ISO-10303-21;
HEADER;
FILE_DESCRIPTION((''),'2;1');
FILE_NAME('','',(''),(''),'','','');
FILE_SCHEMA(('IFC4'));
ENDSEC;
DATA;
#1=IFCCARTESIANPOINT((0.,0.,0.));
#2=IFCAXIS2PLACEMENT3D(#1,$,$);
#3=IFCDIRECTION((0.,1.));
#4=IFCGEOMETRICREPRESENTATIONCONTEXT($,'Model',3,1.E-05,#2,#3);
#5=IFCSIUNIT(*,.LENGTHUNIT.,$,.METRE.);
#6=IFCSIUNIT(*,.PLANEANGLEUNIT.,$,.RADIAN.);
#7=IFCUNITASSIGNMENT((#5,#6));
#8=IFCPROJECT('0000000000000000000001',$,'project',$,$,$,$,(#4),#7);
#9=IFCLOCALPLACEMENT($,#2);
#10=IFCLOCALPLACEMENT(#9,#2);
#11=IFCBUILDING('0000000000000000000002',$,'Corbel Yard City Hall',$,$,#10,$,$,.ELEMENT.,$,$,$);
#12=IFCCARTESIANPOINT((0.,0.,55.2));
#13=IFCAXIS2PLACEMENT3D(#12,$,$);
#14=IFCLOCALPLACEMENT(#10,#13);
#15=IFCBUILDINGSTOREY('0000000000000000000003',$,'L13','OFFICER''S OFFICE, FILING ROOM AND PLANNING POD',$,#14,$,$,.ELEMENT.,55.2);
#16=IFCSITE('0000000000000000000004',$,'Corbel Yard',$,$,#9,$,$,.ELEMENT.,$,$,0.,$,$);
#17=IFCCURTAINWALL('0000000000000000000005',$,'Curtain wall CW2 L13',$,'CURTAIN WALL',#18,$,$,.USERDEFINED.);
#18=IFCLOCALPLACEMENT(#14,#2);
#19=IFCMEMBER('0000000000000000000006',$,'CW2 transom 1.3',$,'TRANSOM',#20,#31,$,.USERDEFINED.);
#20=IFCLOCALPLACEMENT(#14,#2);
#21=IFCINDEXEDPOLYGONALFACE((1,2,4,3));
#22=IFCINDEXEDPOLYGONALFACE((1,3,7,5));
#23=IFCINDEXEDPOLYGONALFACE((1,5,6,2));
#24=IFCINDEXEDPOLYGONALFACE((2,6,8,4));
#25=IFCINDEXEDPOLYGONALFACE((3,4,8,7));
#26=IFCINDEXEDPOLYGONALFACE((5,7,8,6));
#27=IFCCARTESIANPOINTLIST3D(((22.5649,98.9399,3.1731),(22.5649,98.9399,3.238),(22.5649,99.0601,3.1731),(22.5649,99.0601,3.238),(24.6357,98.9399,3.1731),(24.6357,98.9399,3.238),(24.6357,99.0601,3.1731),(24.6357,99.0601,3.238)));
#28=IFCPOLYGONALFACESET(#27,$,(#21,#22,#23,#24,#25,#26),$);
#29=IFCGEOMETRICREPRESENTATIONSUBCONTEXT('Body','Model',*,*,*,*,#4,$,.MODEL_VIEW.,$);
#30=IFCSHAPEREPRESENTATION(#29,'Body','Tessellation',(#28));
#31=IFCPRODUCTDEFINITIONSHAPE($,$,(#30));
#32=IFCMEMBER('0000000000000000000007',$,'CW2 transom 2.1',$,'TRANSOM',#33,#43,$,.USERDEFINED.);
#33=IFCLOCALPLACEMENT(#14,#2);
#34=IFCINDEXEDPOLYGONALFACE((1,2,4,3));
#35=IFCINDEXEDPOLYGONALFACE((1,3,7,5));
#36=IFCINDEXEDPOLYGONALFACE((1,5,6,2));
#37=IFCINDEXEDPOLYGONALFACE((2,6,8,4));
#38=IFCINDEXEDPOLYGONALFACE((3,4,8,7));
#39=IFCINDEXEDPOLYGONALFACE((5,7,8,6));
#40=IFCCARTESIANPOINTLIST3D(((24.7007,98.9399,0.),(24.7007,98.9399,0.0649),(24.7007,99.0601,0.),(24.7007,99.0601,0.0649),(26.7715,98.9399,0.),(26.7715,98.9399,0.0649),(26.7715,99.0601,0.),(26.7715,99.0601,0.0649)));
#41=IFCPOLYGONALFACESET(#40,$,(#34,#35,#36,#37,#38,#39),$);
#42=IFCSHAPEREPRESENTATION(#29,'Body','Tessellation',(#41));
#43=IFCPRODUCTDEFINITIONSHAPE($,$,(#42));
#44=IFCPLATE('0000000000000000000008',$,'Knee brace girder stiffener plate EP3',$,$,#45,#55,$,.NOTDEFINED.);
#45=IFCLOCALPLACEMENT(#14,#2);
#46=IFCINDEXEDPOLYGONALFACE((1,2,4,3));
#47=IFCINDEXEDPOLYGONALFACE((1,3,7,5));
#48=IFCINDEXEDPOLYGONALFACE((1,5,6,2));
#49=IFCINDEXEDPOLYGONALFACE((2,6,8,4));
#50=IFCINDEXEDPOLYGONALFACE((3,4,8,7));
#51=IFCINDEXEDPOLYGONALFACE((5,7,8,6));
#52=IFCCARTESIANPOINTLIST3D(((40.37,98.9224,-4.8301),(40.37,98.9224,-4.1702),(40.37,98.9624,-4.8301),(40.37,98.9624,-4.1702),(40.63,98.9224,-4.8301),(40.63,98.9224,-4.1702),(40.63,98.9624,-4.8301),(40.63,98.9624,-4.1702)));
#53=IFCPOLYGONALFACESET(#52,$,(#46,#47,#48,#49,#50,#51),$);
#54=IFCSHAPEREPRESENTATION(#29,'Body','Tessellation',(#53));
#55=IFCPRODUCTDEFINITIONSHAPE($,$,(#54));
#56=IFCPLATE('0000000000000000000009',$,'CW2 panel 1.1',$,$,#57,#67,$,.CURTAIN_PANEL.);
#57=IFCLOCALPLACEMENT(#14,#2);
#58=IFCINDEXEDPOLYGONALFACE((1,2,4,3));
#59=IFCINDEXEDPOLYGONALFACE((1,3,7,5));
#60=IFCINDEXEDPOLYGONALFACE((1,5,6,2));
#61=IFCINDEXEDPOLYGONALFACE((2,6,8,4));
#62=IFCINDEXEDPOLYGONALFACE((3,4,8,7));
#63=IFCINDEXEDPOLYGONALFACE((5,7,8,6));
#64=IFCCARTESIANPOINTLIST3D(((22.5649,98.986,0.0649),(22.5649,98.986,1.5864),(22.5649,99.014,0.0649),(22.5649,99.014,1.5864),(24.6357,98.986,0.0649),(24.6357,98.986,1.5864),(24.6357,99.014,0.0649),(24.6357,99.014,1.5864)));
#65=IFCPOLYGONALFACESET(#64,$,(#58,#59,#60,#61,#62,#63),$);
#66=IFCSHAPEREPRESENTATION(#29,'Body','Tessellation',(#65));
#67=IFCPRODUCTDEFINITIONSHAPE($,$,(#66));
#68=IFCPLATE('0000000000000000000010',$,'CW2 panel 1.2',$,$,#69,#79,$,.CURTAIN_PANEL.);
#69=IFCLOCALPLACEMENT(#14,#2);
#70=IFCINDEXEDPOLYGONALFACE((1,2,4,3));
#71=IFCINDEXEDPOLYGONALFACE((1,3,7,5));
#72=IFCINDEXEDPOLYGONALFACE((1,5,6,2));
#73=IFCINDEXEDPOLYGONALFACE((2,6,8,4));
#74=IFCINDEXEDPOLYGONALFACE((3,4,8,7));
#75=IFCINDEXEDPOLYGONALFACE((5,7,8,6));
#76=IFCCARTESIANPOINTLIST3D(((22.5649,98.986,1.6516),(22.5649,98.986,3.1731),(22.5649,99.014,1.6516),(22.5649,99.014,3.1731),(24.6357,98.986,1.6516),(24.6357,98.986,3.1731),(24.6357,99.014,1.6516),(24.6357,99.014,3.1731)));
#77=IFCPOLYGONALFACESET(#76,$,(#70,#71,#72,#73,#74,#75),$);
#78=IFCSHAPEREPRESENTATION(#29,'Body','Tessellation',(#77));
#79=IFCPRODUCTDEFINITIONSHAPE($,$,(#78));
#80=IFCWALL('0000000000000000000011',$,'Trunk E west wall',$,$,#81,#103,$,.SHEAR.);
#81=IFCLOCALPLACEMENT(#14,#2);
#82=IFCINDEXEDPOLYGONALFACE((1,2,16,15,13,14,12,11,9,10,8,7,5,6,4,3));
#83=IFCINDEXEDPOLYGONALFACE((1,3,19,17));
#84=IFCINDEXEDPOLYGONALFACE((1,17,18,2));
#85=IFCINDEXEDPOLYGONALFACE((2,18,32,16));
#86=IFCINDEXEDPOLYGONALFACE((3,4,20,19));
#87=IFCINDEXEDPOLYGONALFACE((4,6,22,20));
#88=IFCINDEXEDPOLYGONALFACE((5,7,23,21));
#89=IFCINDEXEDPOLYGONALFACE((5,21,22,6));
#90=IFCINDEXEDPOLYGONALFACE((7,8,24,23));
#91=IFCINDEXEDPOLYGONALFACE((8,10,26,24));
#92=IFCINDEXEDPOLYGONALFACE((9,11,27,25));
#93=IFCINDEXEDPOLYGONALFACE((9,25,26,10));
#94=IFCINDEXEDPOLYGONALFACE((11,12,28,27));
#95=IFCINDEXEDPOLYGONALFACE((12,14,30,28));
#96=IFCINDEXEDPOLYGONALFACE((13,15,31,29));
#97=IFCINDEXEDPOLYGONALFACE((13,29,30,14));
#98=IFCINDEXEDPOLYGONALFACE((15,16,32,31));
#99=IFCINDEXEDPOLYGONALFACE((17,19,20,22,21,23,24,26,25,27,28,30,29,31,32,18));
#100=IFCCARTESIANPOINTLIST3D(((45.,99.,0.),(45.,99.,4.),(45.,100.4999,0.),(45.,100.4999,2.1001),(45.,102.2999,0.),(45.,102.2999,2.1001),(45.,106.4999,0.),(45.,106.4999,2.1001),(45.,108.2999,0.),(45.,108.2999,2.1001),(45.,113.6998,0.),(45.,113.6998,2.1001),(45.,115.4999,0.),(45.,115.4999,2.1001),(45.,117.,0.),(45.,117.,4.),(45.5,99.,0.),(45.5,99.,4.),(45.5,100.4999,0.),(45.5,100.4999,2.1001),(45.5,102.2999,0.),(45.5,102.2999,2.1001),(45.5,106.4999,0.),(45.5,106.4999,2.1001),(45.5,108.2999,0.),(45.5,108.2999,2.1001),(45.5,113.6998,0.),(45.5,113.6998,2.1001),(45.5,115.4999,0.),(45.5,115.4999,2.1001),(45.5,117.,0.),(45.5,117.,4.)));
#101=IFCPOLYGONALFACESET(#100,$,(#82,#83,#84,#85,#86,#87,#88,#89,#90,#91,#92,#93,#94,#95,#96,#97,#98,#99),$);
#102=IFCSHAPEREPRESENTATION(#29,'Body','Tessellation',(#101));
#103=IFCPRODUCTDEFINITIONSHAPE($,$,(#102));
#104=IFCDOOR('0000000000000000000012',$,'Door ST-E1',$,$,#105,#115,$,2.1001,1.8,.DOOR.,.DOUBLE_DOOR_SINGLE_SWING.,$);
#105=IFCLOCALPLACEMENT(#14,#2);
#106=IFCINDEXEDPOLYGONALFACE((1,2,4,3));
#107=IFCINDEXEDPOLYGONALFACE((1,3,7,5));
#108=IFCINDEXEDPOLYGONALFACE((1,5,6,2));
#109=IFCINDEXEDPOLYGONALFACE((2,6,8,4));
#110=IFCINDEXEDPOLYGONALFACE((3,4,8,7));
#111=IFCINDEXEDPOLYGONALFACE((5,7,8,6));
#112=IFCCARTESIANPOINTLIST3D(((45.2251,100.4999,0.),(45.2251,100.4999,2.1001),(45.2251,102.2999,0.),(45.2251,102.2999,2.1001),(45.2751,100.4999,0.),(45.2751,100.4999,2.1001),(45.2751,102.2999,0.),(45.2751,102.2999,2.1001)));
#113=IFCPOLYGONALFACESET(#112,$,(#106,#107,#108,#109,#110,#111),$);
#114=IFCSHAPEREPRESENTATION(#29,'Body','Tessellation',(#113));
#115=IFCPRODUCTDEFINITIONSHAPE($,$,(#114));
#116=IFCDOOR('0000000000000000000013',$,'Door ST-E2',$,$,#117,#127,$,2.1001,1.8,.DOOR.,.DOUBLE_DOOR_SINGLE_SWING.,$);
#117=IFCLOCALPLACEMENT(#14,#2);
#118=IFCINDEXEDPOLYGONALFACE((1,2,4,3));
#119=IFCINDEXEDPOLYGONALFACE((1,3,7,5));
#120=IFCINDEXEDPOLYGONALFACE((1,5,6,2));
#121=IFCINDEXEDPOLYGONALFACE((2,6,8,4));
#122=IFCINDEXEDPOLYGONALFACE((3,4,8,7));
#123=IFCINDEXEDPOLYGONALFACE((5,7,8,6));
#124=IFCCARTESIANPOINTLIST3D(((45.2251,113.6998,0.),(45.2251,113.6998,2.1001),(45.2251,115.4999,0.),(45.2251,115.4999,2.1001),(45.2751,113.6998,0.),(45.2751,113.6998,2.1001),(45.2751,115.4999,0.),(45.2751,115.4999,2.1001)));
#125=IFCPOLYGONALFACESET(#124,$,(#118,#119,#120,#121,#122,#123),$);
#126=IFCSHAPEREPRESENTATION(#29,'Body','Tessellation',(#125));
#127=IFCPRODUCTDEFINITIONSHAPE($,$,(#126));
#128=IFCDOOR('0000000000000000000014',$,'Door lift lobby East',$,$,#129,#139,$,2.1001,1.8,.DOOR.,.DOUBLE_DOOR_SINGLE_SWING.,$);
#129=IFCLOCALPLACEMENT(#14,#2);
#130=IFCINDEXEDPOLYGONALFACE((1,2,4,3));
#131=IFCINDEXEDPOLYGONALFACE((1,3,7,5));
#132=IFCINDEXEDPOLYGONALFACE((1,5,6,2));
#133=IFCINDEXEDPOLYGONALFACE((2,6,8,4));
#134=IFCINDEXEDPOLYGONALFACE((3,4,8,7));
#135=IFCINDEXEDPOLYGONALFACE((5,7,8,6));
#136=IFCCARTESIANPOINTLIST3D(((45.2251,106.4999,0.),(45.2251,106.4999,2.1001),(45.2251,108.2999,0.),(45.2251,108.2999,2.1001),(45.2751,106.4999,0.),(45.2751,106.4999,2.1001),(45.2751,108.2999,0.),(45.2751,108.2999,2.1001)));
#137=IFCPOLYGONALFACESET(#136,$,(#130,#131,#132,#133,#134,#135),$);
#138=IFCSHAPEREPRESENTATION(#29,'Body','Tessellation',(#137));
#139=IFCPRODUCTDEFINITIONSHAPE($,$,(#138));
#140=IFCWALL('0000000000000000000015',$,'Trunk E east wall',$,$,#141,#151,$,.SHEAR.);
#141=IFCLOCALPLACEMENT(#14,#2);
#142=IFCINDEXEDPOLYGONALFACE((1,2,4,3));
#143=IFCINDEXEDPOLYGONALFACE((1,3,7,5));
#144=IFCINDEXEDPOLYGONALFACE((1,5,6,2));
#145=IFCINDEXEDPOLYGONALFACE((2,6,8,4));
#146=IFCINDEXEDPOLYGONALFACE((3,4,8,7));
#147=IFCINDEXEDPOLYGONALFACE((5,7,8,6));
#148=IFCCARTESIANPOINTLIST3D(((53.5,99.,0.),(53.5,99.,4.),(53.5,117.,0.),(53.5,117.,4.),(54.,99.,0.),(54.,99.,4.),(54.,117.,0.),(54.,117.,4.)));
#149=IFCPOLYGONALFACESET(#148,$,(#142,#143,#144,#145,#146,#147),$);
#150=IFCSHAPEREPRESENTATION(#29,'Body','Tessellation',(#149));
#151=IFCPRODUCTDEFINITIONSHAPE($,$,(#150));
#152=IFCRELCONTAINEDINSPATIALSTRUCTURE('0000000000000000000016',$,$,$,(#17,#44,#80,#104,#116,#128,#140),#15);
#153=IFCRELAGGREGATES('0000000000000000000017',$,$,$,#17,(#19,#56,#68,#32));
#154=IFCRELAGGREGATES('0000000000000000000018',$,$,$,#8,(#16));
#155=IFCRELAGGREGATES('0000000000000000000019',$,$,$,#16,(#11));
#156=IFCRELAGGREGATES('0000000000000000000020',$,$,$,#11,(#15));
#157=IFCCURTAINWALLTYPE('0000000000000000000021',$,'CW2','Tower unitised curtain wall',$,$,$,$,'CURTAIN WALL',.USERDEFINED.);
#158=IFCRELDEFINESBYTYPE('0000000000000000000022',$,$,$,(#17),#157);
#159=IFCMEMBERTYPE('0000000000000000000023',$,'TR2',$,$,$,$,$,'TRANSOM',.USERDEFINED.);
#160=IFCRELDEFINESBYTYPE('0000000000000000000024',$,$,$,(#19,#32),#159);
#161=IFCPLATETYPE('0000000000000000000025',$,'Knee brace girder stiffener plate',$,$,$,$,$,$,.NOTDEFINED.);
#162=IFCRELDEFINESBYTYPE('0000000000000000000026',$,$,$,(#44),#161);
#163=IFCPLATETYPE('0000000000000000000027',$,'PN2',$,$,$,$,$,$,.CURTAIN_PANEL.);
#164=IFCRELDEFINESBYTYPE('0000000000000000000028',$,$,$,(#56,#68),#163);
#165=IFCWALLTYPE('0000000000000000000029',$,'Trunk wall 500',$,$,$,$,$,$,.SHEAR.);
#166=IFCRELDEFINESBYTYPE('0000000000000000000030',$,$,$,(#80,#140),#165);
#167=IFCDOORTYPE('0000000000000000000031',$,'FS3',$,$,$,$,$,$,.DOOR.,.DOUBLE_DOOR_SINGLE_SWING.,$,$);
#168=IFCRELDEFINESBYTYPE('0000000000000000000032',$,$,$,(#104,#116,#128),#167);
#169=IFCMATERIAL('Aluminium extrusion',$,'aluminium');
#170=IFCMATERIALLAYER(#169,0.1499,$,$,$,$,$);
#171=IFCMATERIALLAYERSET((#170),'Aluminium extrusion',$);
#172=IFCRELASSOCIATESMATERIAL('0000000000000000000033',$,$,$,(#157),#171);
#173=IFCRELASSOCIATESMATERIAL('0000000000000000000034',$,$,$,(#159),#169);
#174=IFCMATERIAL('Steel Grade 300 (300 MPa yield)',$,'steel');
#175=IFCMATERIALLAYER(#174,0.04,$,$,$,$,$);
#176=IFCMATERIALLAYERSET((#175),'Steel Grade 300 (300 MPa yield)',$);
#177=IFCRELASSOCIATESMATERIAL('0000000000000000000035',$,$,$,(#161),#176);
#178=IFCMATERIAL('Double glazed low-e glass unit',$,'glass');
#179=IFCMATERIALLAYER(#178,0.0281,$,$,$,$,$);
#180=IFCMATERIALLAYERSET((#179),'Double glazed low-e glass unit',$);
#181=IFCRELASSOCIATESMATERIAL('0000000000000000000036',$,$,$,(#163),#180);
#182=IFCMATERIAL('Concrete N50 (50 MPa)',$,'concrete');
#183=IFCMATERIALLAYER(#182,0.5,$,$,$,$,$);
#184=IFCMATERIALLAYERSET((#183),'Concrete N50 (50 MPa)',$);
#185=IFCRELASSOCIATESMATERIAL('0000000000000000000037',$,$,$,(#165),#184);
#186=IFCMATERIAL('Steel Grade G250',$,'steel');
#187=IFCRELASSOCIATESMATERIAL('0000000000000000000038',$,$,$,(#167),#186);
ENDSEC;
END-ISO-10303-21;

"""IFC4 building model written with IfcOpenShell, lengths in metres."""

from ifc_helpers import new_model, si_unit, direction, frame, frame_2d, origin, origin_2d, place, context, subcontext, project, spatial, rectangle, extrude, material, layer, layer_set, material_profile, profile_set, type_object, element, fill, aggregate, save


model = new_model("IFC4")

# Units and contexts
model_context = context("Model", 3, precision=1e-05, world=origin(), true_north=direction((0.0, 1.0)))
body_context = subcontext(model_context, "Body", "Model", "MODEL_VIEW")
ifc_project = project(units=[si_unit("LENGTHUNIT", "METRE"), si_unit("PLANEANGLEUNIT", "RADIAN")], contexts=[model_context])

# Site, building, storey
site_placement = place(None, origin())
site = spatial("IfcSite", under=ifc_project, at=site_placement, Name="Corbel Yard", CompositionType="ELEMENT", RefElevation=0.0)
building_placement = place(site_placement, origin())
building = spatial("IfcBuilding", under=site, at=building_placement, Name="Corbel Yard City Hall", CompositionType="ELEMENT")
storey_placement = place(building_placement, frame((0.0, 0.0, 55.2)))
storey = spatial("IfcBuildingStorey", under=building, at=storey_placement, Name="L13", Description="OFFICER'S OFFICE, FILING ROOM AND PLANNING POD", CompositionType="ELEMENT", Elevation=55.2)

# Shared definitions
ifc_material_1 = material(Name="Steel Grade 300 (300 MPa yield)", Category="steel")

# Curtain wall, members
ifc_material_2 = material(Name="Aluminium extrusion", Category="aluminium")
ifc_layer_1 = layer(ifc_material_2, 0.1499)
ifc_layer_set_1 = layer_set([ifc_layer_1], Name="Aluminium extrusion")
curtain_wall_type = type_object("IfcCurtainWallType", Name="CW2", Description="Tower unitised curtain wall", ElementType="CURTAIN WALL", PredefinedType="USERDEFINED", material=ifc_layer_set_1)
curtain_wall_placement = place(storey_placement, origin())
curtain_wall = element("IfcCurtainWall", 1, at=curtain_wall_placement, inside=storey, type_object=curtain_wall_type, Name="Curtain wall CW2 L13", ObjectType="CURTAIN WALL", PredefinedType="USERDEFINED")
ifc_material_profile_1 = material_profile(ifc_material_2, rectangle(XDim=0.1201, YDim=0.0649, at=origin_2d()), Name="120x65")
ifc_profile_set_1 = profile_set([ifc_material_profile_1], Name="Aluminium extrusion")
member_type_1 = type_object("IfcMemberType", Name="TR2", ElementType="TRANSOM", PredefinedType="USERDEFINED", material=ifc_profile_set_1)
member_1_placement = place(storey_placement, frame((22.5649, 99.0, 3.2056), z_axis=(1.0, 0.0, 0.0), x_axis=(0.0, 1.0, 0.0)))
member_1 = element("IfcMember", 2, at=member_1_placement, type_object=member_type_1, Name="CW2 transom 1.3", ObjectType="TRANSOM", PredefinedType="USERDEFINED", context=body_context, shape_type="SweptSolid", body=[
    extrude(rectangle(XDim=0.1201, YDim=0.0649, at=origin_2d()), origin(), (0.0, 0.0, 1.0), 2.0708),
])
member_2_placement = place(storey_placement, frame((24.7007, 99.0, 0.0325), z_axis=(1.0, 0.0, 0.0), x_axis=(0.0, 1.0, 0.0)))
member_2 = element("IfcMember", 3, at=member_2_placement, type_object=member_type_1, Name="CW2 transom 2.1", ObjectType="TRANSOM", PredefinedType="USERDEFINED", context=body_context, shape_type="SweptSolid", body=[
    extrude(rectangle(XDim=0.1201, YDim=0.0649, at=origin_2d()), origin(), (0.0, 0.0, 1.0), 2.0708),
])

# Plates
ifc_layer_2 = layer(ifc_material_1, 0.04)
ifc_layer_set_2 = layer_set([ifc_layer_2], Name="Steel Grade 300 (300 MPa yield)")
plate_type_1 = type_object("IfcPlateType", Name="Knee brace girder stiffener plate", PredefinedType="NOTDEFINED", material=ifc_layer_set_2)
plate_1_placement = place(storey_placement, frame((40.5, 98.9424, -4.8301), z_axis=(0.0, 0.0, 1.0), x_axis=(1.0, 0.0, 0.0)))
element("IfcPlate", 4, at=plate_1_placement, inside=storey, type_object=plate_type_1, Name="Knee brace girder stiffener plate EP3", PredefinedType="NOTDEFINED", context=body_context, shape_type="SweptSolid", body=[
    extrude(rectangle(XDim=0.26, YDim=0.04, at=origin_2d()), origin(), (0.0, 0.0, 1.0), 0.6599),
])
ifc_material_3 = material(Name="Double glazed low-e glass unit", Category="glass")
ifc_layer_3 = layer(ifc_material_3, 0.0281)
ifc_layer_set_3 = layer_set([ifc_layer_3], Name="Double glazed low-e glass unit")
plate_type_2 = type_object("IfcPlateType", Name="PN2", PredefinedType="CURTAIN_PANEL", material=ifc_layer_set_3)
plate_2_placement = place(storey_placement, frame((23.6003, 99.0, 0.0649), z_axis=(0.0, 0.0, 1.0), x_axis=(1.0, 0.0, 0.0)))
plate_2 = element("IfcPlate", 5, at=plate_2_placement, type_object=plate_type_2, Name="CW2 panel 1.1", PredefinedType="CURTAIN_PANEL", context=body_context, shape_type="SweptSolid", body=[
    extrude(rectangle(XDim=2.0708, YDim=0.0281, at=origin_2d()), origin(), (0.0, 0.0, 1.0), 1.5215),
])
plate_3_placement = place(storey_placement, frame((23.6003, 99.0, 1.6516), z_axis=(0.0, 0.0, 1.0), x_axis=(1.0, 0.0, 0.0)))
plate_3 = element("IfcPlate", 6, at=plate_3_placement, type_object=plate_type_2, Name="CW2 panel 1.2", PredefinedType="CURTAIN_PANEL", context=body_context, shape_type="SweptSolid", body=[
    extrude(rectangle(XDim=2.0708, YDim=0.0281, at=origin_2d()), origin(), (0.0, 0.0, 1.0), 1.5215),
])
aggregate(curtain_wall, [member_1, plate_2, plate_3, member_2])

# Wall, openings, doors
ifc_material_4 = material(Name="Concrete N50 (50 MPa)", Category="concrete")
ifc_layer_4 = layer(ifc_material_4, 0.5)
ifc_layer_set_4 = layer_set([ifc_layer_4], Name="Concrete N50 (50 MPa)")
wall_type = type_object("IfcWallType", Name="Trunk wall 500", PredefinedType="SHEAR", material=ifc_layer_set_4)
wall_1_placement = place(storey_placement, frame((45.25, 99.0, 0.0), z_axis=(0.0, 0.0, 1.0), x_axis=(0.0, 1.0, 0.0)))
wall_1 = element("IfcWall", 7, at=wall_1_placement, inside=storey, type_object=wall_type, Name="Trunk E west wall", PredefinedType="SHEAR", context=body_context, shape_type="SweptSolid", body=[
    extrude(rectangle(XDim=18.0, YDim=0.5, at=frame_2d((9.0, 0.0))), origin(), (0.0, 0.0, 1.0), 4.0),
])
opening_1_placement = place(wall_1_placement, frame((1.5, 0.0, 0.0)))
opening_1 = element("IfcOpeningElement", 8, at=opening_1_placement, cuts=wall_1, PredefinedType="OPENING", context=body_context, shape_type="SweptSolid", body=[
    extrude(rectangle(XDim=1.8, YDim=2.1001, at=frame_2d((0.8999, 1.05))), frame((0.0, 0.26, 0.0), z_axis=(0.0, -1.0, 0.0), x_axis=(1.0, 0.0, 0.0)), (0.0, 0.0, 1.0), 0.52),
])
opening_2_placement = place(wall_1_placement, frame((14.7, 0.0, 0.0)))
opening_2 = element("IfcOpeningElement", 9, at=opening_2_placement, cuts=wall_1, PredefinedType="OPENING", context=body_context, shape_type="SweptSolid", body=[
    extrude(rectangle(XDim=1.8, YDim=2.1001, at=frame_2d((0.8999, 1.05))), frame((0.0, 0.26, 0.0), z_axis=(0.0, -1.0, 0.0), x_axis=(1.0, 0.0, 0.0)), (0.0, 0.0, 1.0), 0.52),
])
opening_3_placement = place(wall_1_placement, frame((7.5, 0.0, 0.0)))
opening_3 = element("IfcOpeningElement", 10, at=opening_3_placement, cuts=wall_1, PredefinedType="OPENING", context=body_context, shape_type="SweptSolid", body=[
    extrude(rectangle(XDim=1.8, YDim=2.1001, at=frame_2d((0.8999, 1.05))), frame((0.0, 0.26, 0.0), z_axis=(0.0, -1.0, 0.0), x_axis=(1.0, 0.0, 0.0)), (0.0, 0.0, 1.0), 0.52),
])
ifc_material_5 = material(Name="Steel Grade G250", Category="steel")
door_type = type_object("IfcDoorType", Name="FS3", OperationType="DOUBLE_DOOR_SINGLE_SWING", PredefinedType="DOOR", material=ifc_material_5)
door_1_placement = place(opening_1_placement, origin())
door_1 = element("IfcDoor", 11, at=door_1_placement, inside=storey, type_object=door_type, Name="Door ST-E1", OperationType="DOUBLE_DOOR_SINGLE_SWING", OverallHeight=2.1001, OverallWidth=1.8, PredefinedType="DOOR", context=body_context, shape_type="SweptSolid", body=[
    extrude(rectangle(XDim=1.8, YDim=2.1001, at=frame_2d((0.8999, 1.05))), frame((0.0, 0.0249, 0.0), z_axis=(0.0, -1.0, 0.0), x_axis=(1.0, 0.0, 0.0)), (0.0, 0.0, 1.0), 0.05),
])
fill(opening_1, door_1)
door_2_placement = place(opening_2_placement, origin())
door_2 = element("IfcDoor", 12, at=door_2_placement, inside=storey, type_object=door_type, Name="Door ST-E2", OperationType="DOUBLE_DOOR_SINGLE_SWING", OverallHeight=2.1001, OverallWidth=1.8, PredefinedType="DOOR", context=body_context, shape_type="SweptSolid", body=[
    extrude(rectangle(XDim=1.8, YDim=2.1001, at=frame_2d((0.8999, 1.05))), frame((0.0, 0.0249, 0.0), z_axis=(0.0, -1.0, 0.0), x_axis=(1.0, 0.0, 0.0)), (0.0, 0.0, 1.0), 0.05),
])
fill(opening_2, door_2)
door_3_placement = place(opening_3_placement, origin())
door_3 = element("IfcDoor", 13, at=door_3_placement, inside=storey, type_object=door_type, Name="Door lift lobby East", OperationType="DOUBLE_DOOR_SINGLE_SWING", OverallHeight=2.1001, OverallWidth=1.8, PredefinedType="DOOR", context=body_context, shape_type="SweptSolid", body=[
    extrude(rectangle(XDim=1.8, YDim=2.1001, at=frame_2d((0.8999, 1.05))), frame((0.0, 0.0249, 0.0), z_axis=(0.0, -1.0, 0.0), x_axis=(1.0, 0.0, 0.0)), (0.0, 0.0, 1.0), 0.05),
])
fill(opening_3, door_3)

# Wall
wall_2_placement = place(storey_placement, frame((53.75, 99.0, 0.0), z_axis=(0.0, 0.0, 1.0), x_axis=(0.0, 1.0, 0.0)))
element("IfcWall", 14, at=wall_2_placement, inside=storey, type_object=wall_type, Name="Trunk E east wall", PredefinedType="SHEAR", context=body_context, shape_type="SweptSolid", body=[
    extrude(rectangle(XDim=18.0, YDim=0.5, at=frame_2d((9.0, 0.0))), origin(), (0.0, 0.0, 1.0), 4.0),
])

save(model, "model.ifc")
